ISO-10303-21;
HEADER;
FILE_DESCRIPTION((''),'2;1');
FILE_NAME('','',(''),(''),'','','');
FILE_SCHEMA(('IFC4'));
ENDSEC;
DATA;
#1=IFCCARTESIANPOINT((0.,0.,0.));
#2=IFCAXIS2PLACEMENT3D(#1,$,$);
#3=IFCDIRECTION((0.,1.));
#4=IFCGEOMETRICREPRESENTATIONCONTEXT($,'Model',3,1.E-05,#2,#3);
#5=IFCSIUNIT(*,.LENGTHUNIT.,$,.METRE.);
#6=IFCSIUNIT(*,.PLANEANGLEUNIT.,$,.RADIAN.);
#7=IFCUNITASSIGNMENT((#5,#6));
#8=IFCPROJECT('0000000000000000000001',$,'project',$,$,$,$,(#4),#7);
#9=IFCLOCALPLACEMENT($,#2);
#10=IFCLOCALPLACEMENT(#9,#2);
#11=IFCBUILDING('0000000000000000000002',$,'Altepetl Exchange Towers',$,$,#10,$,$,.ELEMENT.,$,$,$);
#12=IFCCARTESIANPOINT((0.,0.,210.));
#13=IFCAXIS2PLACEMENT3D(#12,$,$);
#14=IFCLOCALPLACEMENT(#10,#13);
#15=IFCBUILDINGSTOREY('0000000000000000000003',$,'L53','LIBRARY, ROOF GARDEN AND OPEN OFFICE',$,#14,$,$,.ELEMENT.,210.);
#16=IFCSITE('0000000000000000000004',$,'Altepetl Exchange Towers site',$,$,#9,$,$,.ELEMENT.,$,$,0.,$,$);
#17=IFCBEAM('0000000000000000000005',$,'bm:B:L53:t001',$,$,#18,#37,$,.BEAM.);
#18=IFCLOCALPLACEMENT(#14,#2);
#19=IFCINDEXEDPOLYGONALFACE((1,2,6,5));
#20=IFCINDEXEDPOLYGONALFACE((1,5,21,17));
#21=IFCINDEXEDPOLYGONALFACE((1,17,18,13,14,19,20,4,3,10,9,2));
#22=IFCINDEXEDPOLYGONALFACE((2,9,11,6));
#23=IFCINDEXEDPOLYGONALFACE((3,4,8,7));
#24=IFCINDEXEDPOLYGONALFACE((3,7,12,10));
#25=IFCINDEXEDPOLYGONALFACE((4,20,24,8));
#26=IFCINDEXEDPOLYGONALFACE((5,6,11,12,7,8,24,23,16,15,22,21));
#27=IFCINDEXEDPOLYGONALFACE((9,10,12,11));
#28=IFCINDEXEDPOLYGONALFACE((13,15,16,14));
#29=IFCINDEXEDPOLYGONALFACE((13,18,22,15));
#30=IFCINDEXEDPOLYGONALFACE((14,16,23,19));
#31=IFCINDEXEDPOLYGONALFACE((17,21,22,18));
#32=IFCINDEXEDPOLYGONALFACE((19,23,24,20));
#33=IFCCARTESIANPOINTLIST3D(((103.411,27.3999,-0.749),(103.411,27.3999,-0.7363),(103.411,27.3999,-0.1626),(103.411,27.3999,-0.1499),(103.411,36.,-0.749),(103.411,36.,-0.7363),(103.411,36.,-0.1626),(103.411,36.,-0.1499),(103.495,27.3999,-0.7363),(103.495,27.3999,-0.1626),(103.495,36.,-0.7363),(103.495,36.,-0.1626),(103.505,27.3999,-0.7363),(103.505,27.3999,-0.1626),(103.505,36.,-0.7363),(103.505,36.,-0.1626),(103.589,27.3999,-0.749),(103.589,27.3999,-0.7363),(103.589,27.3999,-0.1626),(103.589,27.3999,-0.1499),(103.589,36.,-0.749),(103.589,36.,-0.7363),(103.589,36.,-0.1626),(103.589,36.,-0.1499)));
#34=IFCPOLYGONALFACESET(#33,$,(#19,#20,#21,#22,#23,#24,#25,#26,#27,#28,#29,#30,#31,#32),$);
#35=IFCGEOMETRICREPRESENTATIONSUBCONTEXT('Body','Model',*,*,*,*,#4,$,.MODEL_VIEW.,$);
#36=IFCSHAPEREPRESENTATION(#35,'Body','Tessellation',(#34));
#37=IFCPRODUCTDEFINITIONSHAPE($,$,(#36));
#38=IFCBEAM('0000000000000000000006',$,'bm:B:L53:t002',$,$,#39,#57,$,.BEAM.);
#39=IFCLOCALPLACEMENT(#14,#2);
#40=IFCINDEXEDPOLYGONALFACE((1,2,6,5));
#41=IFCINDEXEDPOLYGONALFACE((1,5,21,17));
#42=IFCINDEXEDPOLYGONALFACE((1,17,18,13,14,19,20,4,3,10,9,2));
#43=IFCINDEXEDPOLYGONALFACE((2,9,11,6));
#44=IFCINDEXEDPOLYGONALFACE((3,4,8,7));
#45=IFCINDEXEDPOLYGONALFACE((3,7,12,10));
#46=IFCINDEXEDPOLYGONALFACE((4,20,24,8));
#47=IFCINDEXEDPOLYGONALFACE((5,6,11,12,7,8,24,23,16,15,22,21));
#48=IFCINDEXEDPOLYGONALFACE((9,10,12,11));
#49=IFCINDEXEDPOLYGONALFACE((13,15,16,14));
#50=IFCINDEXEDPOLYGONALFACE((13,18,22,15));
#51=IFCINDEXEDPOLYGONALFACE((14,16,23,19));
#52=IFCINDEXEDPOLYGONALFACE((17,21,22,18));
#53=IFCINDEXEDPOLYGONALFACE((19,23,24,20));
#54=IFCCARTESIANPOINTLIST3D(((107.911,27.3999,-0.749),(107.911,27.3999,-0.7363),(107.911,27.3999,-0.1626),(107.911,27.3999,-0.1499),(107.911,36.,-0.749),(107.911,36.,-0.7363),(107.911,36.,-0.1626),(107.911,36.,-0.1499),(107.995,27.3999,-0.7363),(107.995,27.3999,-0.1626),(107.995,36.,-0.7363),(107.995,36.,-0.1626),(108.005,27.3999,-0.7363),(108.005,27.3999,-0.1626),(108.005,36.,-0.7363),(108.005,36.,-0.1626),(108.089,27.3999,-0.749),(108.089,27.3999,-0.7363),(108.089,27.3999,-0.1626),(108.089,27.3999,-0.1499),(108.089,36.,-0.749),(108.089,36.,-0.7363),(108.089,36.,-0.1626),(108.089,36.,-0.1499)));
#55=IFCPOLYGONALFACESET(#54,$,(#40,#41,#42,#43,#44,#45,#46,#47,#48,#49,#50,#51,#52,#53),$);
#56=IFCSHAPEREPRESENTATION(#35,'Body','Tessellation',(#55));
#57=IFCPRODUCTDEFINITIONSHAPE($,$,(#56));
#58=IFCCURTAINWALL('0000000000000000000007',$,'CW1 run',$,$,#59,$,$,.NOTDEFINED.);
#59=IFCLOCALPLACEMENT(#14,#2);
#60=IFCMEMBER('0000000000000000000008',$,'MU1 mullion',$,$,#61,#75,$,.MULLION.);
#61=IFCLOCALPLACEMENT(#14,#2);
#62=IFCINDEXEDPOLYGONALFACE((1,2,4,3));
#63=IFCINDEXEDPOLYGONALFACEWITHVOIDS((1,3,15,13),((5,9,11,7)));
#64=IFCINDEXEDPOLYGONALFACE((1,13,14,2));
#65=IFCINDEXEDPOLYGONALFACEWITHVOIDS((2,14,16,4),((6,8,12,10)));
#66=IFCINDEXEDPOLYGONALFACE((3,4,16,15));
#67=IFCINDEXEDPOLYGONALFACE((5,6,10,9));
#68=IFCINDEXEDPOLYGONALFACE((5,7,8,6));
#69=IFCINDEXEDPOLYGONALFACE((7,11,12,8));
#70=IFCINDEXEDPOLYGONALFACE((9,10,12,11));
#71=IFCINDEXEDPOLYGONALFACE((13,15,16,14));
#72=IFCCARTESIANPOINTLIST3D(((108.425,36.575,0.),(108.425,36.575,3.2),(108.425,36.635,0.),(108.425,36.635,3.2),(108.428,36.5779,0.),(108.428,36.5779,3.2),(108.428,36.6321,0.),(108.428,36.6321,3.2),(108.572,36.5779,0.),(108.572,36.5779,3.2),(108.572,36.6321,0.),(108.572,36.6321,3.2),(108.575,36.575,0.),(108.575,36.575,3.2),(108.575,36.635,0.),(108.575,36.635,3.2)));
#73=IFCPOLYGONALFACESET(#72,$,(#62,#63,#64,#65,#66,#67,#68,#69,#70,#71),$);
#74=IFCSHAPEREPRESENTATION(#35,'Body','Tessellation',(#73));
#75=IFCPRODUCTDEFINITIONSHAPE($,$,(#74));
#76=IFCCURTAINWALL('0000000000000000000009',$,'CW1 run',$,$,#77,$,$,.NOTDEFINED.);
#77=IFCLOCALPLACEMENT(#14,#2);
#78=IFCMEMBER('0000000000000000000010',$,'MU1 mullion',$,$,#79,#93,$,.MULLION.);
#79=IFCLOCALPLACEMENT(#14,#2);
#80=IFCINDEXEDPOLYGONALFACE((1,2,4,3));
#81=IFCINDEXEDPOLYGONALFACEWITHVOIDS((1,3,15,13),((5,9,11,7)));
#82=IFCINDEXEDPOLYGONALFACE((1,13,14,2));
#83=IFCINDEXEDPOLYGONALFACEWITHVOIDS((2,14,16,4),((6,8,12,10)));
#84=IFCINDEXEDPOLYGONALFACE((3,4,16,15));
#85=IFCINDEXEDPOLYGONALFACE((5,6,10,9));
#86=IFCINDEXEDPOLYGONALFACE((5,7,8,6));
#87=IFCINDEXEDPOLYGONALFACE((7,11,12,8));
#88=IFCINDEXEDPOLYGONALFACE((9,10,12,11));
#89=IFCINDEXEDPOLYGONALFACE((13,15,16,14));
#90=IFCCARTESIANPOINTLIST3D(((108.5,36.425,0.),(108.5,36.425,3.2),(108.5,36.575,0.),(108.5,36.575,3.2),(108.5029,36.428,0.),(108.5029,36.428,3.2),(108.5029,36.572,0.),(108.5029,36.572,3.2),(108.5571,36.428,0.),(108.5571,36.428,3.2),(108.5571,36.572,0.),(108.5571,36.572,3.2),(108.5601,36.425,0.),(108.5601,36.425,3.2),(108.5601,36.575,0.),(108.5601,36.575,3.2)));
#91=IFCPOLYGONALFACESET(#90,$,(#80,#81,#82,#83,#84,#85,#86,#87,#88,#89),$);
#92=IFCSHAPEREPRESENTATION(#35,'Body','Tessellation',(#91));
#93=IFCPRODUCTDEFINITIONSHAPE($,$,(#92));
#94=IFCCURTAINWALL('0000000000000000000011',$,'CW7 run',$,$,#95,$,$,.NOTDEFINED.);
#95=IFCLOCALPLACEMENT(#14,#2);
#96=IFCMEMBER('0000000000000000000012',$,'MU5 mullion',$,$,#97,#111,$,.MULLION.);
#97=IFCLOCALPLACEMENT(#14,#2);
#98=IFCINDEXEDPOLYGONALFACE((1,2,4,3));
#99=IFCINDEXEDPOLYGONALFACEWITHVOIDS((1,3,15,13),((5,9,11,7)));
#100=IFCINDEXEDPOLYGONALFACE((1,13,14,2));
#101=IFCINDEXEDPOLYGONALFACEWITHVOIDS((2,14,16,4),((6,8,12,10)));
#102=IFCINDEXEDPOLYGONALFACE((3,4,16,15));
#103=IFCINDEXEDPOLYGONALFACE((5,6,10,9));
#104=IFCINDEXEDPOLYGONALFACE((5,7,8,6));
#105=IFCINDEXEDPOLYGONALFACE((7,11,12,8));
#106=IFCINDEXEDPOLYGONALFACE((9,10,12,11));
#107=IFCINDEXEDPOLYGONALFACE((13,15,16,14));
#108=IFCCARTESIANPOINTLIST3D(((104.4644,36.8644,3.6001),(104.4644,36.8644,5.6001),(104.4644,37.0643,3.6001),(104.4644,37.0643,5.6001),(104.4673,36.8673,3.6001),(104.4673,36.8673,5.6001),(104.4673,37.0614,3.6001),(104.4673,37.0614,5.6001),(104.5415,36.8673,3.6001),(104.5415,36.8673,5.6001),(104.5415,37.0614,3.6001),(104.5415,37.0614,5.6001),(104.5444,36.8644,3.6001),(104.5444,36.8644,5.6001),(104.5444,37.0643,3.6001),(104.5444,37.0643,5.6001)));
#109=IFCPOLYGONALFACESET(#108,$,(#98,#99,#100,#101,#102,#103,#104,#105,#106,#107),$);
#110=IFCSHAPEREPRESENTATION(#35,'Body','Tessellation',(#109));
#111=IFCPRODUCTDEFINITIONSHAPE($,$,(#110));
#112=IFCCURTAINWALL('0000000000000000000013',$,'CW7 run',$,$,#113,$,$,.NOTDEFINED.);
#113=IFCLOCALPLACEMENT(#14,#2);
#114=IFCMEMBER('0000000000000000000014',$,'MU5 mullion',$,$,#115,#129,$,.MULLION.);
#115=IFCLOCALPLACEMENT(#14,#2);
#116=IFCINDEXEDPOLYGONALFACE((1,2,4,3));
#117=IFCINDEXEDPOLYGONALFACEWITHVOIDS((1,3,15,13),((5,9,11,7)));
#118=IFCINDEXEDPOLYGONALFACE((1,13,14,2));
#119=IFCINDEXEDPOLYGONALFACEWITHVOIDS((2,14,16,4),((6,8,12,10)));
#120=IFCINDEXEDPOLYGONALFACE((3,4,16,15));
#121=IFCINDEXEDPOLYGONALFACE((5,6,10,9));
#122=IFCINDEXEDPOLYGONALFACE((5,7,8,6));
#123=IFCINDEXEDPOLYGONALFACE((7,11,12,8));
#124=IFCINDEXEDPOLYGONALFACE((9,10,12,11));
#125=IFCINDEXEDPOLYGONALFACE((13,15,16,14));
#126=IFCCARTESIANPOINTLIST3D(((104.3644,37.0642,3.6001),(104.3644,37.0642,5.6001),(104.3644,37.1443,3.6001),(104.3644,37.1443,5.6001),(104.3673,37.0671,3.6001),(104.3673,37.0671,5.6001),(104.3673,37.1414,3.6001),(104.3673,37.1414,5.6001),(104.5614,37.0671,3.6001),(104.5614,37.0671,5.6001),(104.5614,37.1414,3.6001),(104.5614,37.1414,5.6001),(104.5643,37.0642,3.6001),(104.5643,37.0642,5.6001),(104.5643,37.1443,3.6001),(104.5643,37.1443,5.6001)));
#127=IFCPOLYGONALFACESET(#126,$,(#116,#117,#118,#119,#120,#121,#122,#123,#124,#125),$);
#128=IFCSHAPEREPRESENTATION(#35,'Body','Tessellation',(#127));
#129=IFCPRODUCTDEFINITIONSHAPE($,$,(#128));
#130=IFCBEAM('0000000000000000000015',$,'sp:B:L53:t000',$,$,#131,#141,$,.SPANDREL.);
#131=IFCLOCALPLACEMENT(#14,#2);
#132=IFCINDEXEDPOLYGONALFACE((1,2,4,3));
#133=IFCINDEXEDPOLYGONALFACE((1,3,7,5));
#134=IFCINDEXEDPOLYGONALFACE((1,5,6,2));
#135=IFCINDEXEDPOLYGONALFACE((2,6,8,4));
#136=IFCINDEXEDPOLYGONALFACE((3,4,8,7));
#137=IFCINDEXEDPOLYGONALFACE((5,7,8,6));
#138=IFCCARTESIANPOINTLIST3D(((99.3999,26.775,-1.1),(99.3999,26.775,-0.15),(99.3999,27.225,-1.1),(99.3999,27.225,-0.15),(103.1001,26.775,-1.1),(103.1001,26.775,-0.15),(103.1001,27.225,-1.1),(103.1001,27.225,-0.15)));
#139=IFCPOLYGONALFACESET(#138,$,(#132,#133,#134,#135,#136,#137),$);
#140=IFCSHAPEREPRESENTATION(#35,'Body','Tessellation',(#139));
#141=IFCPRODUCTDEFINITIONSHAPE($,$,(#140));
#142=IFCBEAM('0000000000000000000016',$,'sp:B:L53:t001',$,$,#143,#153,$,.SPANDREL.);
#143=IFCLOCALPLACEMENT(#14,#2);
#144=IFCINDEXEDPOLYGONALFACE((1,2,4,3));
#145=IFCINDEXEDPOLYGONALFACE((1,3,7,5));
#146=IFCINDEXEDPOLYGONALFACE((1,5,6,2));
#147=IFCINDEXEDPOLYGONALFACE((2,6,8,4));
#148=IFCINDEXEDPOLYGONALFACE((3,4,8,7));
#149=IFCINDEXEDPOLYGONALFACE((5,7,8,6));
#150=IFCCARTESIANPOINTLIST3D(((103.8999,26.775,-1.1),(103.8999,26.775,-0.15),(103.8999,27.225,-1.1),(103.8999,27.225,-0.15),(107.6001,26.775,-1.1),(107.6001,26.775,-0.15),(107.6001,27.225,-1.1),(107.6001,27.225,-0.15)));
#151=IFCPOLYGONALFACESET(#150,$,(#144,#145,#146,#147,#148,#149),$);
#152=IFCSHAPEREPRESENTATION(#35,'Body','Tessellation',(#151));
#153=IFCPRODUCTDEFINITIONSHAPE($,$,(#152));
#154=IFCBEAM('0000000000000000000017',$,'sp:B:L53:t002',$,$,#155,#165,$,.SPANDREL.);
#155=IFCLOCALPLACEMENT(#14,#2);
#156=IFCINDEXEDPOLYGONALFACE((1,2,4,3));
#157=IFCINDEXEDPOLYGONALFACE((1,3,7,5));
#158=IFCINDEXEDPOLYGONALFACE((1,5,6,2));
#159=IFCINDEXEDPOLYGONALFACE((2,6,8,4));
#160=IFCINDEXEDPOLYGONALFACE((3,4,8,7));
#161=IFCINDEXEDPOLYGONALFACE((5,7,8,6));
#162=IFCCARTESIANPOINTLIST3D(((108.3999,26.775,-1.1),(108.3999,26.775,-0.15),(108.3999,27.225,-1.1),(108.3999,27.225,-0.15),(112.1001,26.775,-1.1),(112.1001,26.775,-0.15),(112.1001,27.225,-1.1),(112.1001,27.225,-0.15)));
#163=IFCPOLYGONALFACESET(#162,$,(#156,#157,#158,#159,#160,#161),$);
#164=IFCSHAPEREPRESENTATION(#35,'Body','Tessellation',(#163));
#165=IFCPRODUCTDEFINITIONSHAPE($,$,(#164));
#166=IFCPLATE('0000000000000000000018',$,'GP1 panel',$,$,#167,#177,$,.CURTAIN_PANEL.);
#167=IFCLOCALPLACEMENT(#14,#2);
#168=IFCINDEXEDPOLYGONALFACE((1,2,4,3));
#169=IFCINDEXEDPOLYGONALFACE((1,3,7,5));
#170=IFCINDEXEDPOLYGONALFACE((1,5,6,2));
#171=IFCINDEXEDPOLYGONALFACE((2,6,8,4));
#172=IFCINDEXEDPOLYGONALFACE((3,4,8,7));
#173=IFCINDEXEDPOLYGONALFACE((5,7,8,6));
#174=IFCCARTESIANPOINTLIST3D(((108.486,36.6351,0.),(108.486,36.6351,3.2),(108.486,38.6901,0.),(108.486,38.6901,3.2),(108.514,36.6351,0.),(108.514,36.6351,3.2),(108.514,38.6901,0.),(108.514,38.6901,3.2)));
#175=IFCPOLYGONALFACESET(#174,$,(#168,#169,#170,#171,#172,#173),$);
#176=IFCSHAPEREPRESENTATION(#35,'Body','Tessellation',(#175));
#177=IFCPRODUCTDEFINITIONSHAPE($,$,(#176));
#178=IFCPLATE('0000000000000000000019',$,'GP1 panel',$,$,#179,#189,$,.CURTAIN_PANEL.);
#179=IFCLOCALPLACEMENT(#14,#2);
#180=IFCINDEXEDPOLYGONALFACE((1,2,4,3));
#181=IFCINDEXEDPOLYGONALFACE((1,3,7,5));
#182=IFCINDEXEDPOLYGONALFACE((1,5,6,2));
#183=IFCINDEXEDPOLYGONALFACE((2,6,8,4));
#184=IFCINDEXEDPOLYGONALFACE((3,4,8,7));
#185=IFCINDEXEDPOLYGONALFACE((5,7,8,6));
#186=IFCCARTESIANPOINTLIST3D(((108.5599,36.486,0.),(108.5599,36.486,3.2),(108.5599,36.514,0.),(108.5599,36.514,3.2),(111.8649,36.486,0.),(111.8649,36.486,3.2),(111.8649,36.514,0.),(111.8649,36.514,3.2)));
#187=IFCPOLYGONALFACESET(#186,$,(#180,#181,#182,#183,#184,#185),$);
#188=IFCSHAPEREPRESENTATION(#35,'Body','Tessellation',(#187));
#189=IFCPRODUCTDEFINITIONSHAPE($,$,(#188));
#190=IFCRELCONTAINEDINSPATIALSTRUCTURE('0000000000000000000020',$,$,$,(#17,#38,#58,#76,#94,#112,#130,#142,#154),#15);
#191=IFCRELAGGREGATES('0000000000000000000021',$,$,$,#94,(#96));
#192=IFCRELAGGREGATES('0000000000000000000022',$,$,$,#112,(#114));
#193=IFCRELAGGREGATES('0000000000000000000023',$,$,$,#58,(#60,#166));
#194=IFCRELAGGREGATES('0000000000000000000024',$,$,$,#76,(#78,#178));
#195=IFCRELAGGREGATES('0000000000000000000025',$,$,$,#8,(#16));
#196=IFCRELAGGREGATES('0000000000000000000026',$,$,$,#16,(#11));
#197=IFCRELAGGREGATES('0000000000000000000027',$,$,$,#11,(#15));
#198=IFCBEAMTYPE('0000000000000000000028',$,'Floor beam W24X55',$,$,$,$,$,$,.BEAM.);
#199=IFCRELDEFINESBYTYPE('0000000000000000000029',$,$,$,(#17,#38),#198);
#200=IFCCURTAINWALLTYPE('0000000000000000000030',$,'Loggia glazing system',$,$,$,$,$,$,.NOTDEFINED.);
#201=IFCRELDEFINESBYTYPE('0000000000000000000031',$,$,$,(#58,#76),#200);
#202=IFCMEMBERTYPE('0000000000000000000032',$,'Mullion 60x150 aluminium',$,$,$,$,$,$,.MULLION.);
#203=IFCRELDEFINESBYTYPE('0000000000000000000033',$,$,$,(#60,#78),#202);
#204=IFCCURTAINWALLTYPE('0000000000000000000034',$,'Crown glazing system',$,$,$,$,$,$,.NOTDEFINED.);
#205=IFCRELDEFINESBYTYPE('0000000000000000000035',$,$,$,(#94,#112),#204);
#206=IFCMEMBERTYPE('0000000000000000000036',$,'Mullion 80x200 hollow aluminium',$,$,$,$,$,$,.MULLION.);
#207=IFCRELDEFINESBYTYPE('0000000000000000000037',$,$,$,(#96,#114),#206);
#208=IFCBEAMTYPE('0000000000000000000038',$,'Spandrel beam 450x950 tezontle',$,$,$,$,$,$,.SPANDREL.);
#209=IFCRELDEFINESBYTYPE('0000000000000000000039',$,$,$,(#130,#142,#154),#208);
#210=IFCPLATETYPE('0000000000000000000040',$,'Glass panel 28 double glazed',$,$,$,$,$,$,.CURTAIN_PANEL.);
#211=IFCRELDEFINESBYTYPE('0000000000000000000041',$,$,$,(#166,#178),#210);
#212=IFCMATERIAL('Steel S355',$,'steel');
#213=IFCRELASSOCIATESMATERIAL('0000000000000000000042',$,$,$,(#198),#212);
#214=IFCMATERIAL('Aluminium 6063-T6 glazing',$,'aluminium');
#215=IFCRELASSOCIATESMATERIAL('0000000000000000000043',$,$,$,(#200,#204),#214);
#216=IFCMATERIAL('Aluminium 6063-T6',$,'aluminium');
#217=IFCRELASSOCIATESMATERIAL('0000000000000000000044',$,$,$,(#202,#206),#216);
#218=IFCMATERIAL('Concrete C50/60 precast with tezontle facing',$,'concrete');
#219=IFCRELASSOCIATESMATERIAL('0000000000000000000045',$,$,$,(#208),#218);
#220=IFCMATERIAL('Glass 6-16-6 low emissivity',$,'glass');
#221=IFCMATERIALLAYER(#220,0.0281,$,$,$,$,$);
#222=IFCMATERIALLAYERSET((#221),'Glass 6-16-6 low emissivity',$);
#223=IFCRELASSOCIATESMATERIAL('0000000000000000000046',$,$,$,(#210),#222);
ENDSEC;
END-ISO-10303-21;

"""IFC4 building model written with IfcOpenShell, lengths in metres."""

from ifc_helpers import new_model, si_unit, direction, frame, origin, origin_2d, place, context, subcontext, project, spatial, rectangle, hollow_rectangle, i_section, extrude, material, layer, layer_set, material_profile, profile_set, type_object, element, aggregate, save


model = new_model("IFC4")

# Units and contexts
model_context = context("Model", 3, precision=1e-05, world=origin(), true_north=direction((0.0, 1.0)))
body_context = subcontext(model_context, "Body", "Model", "MODEL_VIEW")
ifc_project = project(units=[si_unit("LENGTHUNIT", "METRE"), si_unit("PLANEANGLEUNIT", "RADIAN")], contexts=[model_context])

# Site, building, storey
site_placement = place(None, origin())
site = spatial("IfcSite", under=ifc_project, at=site_placement, Name="Altepetl Exchange Towers site", CompositionType="ELEMENT", RefElevation=0.0)
building_placement = place(site_placement, origin())
building = spatial("IfcBuilding", under=site, at=building_placement, Name="Altepetl Exchange Towers", CompositionType="ELEMENT")
storey_placement = place(building_placement, frame((0.0, 0.0, 210.0)))
storey = spatial("IfcBuildingStorey", under=building, at=storey_placement, Name="L53", Description="LIBRARY, ROOF GARDEN AND OPEN OFFICE", CompositionType="ELEMENT", Elevation=210.0)

# Beams
ifc_material_1 = material(Name="Steel S355", Category="steel")
ifc_material_profile_1 = material_profile(ifc_material_1, i_section(OverallWidth=0.178, OverallDepth=0.5991, WebThickness=0.01, FlangeThickness=0.0127, at=origin_2d()), Name="W24X55")
ifc_profile_set_1 = profile_set([ifc_material_profile_1], Name="Steel S355")
beam_type_1 = type_object("IfcBeamType", Name="Floor beam W24X55", PredefinedType="BEAM", material=ifc_profile_set_1)
for number, where, z_axis, x_axis, name in (
    (1, (103.5, 27.3999, -0.4495), (0.0, 1.0, 0.0), (-1.0, 0.0, 0.0), "bm:B:L53:t001"),
    (2, (108.0, 27.3999, -0.4495), (0.0, 1.0, 0.0), (-1.0, 0.0, 0.0), "bm:B:L53:t002"),
):
    element("IfcBeam", number, at=place(storey_placement, frame(where, z_axis=z_axis, x_axis=x_axis)), inside=storey, type_object=beam_type_1, Name=name, PredefinedType="BEAM", context=body_context, shape_type="SweptSolid", body=[
        extrude(i_section(OverallWidth=0.178, OverallDepth=0.5991, WebThickness=0.01, FlangeThickness=0.0127, at=origin_2d()), origin(), (0.0, 0.0, 1.0), 8.6001),
    ])

# Curtain walls, members
ifc_material_2 = material(Name="Aluminium 6063-T6 glazing", Category="aluminium")
curtain_wall_type_1 = type_object("IfcCurtainWallType", Name="Loggia glazing system", PredefinedType="NOTDEFINED", material=ifc_material_2)
curtain_wall_1_placement = place(storey_placement, origin())
curtain_wall_1 = element("IfcCurtainWall", 3, at=curtain_wall_1_placement, inside=storey, type_object=curtain_wall_type_1, Name="CW1 run", PredefinedType="NOTDEFINED")
ifc_material_3 = material(Name="Aluminium 6063-T6", Category="aluminium")
ifc_material_profile_2 = material_profile(ifc_material_3, hollow_rectangle(XDim=0.0601, YDim=0.1499, WallThickness=0.0029, at=origin_2d()), Name="Mullion 60x150 aluminium")
ifc_profile_set_2 = profile_set([ifc_material_profile_2], Name="Aluminium 6063-T6")
member_type_1 = type_object("IfcMemberType", Name="Mullion 60x150 aluminium", PredefinedType="MULLION", material=ifc_profile_set_2)
member_1_placement = place(storey_placement, frame((108.5, 36.605, 0.0), z_axis=(0.0, 0.0, 1.0), x_axis=(0.0, -1.0, 0.0)))
member_1 = element("IfcMember", 4, at=member_1_placement, type_object=member_type_1, Name="MU1 mullion", PredefinedType="MULLION", context=body_context, shape_type="SweptSolid", body=[
    extrude(hollow_rectangle(XDim=0.0601, YDim=0.1499, WallThickness=0.0029, at=origin_2d()), origin(), (0.0, 0.0, 1.0), 3.2),
])
curtain_wall_2_placement = place(storey_placement, origin())
curtain_wall_2 = element("IfcCurtainWall", 5, at=curtain_wall_2_placement, inside=storey, type_object=curtain_wall_type_1, Name="CW1 run", PredefinedType="NOTDEFINED")
member_2_placement = place(storey_placement, frame((108.53, 36.5, 0.0)))
member_2 = element("IfcMember", 6, at=member_2_placement, type_object=member_type_1, Name="MU1 mullion", PredefinedType="MULLION", context=body_context, shape_type="SweptSolid", body=[
    extrude(hollow_rectangle(XDim=0.0601, YDim=0.1499, WallThickness=0.0029, at=origin_2d()), origin(), (0.0, 0.0, 1.0), 3.2),
])
curtain_wall_type_2 = type_object("IfcCurtainWallType", Name="Crown glazing system", PredefinedType="NOTDEFINED", material=ifc_material_2)
curtain_wall_3_placement = place(storey_placement, origin())
curtain_wall_3 = element("IfcCurtainWall", 7, at=curtain_wall_3_placement, inside=storey, type_object=curtain_wall_type_2, Name="CW7 run", PredefinedType="NOTDEFINED")
ifc_material_profile_3 = material_profile(ifc_material_3, hollow_rectangle(XDim=0.0801, YDim=0.2, WallThickness=0.0029, at=origin_2d()), Name="Mullion 80x200 hollow aluminium")
ifc_profile_set_3 = profile_set([ifc_material_profile_3], Name="Aluminium 6063-T6")
member_type_2 = type_object("IfcMemberType", Name="Mullion 80x200 hollow aluminium", PredefinedType="MULLION", material=ifc_profile_set_3)
member_3_placement = place(storey_placement, frame((104.5044, 36.9644, 3.6001)))
member_3 = element("IfcMember", 8, at=member_3_placement, type_object=member_type_2, Name="MU5 mullion", PredefinedType="MULLION", context=body_context, shape_type="SweptSolid", body=[
    extrude(hollow_rectangle(XDim=0.0801, YDim=0.2, WallThickness=0.0029, at=origin_2d()), origin(), (0.0, 0.0, 1.0), 2.0),
])
aggregate(curtain_wall_3, [member_3])
curtain_wall_4_placement = place(storey_placement, origin())
curtain_wall_4 = element("IfcCurtainWall", 9, at=curtain_wall_4_placement, inside=storey, type_object=curtain_wall_type_2, Name="CW7 run", PredefinedType="NOTDEFINED")
member_4_placement = place(storey_placement, frame((104.4644, 37.1042, 3.6001), z_axis=(0.0, 0.0, 1.0), x_axis=(0.0, -1.0, 0.0)))
member_4 = element("IfcMember", 10, at=member_4_placement, type_object=member_type_2, Name="MU5 mullion", PredefinedType="MULLION", context=body_context, shape_type="SweptSolid", body=[
    extrude(hollow_rectangle(XDim=0.0801, YDim=0.2, WallThickness=0.0029, at=origin_2d()), origin(), (0.0, 0.0, 1.0), 2.0),
])
aggregate(curtain_wall_4, [member_4])

# Beams
ifc_material_4 = material(Name="Concrete C50/60 precast with tezontle facing", Category="concrete")
ifc_material_profile_4 = material_profile(ifc_material_4, rectangle(XDim=0.45, YDim=0.95, at=origin_2d()), Name="450 x 950")
ifc_profile_set_4 = profile_set([ifc_material_profile_4], Name="Concrete C50/60 precast with tezontle facing")
beam_type_2 = type_object("IfcBeamType", Name="Spandrel beam 450x950 tezontle", PredefinedType="SPANDREL", material=ifc_profile_set_4)
for number, where, z_axis, x_axis, name in (
    (11, (99.3999, 27.0, -0.625), (1.0, 0.0, 0.0), (0.0, 1.0, 0.0), "sp:B:L53:t000"),
    (12, (103.8999, 27.0, -0.625), (1.0, 0.0, 0.0), (0.0, 1.0, 0.0), "sp:B:L53:t001"),
    (13, (108.3999, 27.0, -0.625), (1.0, 0.0, 0.0), (0.0, 1.0, 0.0), "sp:B:L53:t002"),
):
    element("IfcBeam", number, at=place(storey_placement, frame(where, z_axis=z_axis, x_axis=x_axis)), inside=storey, type_object=beam_type_2, Name=name, PredefinedType="SPANDREL", context=body_context, shape_type="SweptSolid", body=[
        extrude(rectangle(XDim=0.45, YDim=0.95, at=origin_2d()), origin(), (0.0, 0.0, 1.0), 3.7002),
    ])

# Plates
ifc_material_5 = material(Name="Glass 6-16-6 low emissivity", Category="glass")
ifc_layer_1 = layer(ifc_material_5, 0.0281)
ifc_layer_set_1 = layer_set([ifc_layer_1], Name="Glass 6-16-6 low emissivity")
plate_type = type_object("IfcPlateType", Name="Glass panel 28 double glazed", PredefinedType="CURTAIN_PANEL", material=ifc_layer_set_1)
plate_1_placement = place(storey_placement, frame((108.5, 37.6626, 0.0), z_axis=(0.0, 0.0, 1.0), x_axis=(0.0, -1.0, 0.0)))
plate_1 = element("IfcPlate", 14, at=plate_1_placement, type_object=plate_type, Name="GP1 panel", PredefinedType="CURTAIN_PANEL", context=body_context, shape_type="SweptSolid", body=[
    extrude(rectangle(XDim=2.0549, YDim=0.0281, at=origin_2d()), origin(), (0.0, 0.0, 1.0), 3.2),
])
aggregate(curtain_wall_1, [member_1, plate_1])
plate_2_placement = place(storey_placement, frame((110.2124, 36.5, 0.0)))
plate_2 = element("IfcPlate", 15, at=plate_2_placement, type_object=plate_type, Name="GP1 panel", PredefinedType="CURTAIN_PANEL", context=body_context, shape_type="SweptSolid", body=[
    extrude(rectangle(XDim=3.3049, YDim=0.0281, at=origin_2d()), origin(), (0.0, 0.0, 1.0), 3.2),
])
aggregate(curtain_wall_2, [member_2, plate_2])

save(model, "model.ifc")
